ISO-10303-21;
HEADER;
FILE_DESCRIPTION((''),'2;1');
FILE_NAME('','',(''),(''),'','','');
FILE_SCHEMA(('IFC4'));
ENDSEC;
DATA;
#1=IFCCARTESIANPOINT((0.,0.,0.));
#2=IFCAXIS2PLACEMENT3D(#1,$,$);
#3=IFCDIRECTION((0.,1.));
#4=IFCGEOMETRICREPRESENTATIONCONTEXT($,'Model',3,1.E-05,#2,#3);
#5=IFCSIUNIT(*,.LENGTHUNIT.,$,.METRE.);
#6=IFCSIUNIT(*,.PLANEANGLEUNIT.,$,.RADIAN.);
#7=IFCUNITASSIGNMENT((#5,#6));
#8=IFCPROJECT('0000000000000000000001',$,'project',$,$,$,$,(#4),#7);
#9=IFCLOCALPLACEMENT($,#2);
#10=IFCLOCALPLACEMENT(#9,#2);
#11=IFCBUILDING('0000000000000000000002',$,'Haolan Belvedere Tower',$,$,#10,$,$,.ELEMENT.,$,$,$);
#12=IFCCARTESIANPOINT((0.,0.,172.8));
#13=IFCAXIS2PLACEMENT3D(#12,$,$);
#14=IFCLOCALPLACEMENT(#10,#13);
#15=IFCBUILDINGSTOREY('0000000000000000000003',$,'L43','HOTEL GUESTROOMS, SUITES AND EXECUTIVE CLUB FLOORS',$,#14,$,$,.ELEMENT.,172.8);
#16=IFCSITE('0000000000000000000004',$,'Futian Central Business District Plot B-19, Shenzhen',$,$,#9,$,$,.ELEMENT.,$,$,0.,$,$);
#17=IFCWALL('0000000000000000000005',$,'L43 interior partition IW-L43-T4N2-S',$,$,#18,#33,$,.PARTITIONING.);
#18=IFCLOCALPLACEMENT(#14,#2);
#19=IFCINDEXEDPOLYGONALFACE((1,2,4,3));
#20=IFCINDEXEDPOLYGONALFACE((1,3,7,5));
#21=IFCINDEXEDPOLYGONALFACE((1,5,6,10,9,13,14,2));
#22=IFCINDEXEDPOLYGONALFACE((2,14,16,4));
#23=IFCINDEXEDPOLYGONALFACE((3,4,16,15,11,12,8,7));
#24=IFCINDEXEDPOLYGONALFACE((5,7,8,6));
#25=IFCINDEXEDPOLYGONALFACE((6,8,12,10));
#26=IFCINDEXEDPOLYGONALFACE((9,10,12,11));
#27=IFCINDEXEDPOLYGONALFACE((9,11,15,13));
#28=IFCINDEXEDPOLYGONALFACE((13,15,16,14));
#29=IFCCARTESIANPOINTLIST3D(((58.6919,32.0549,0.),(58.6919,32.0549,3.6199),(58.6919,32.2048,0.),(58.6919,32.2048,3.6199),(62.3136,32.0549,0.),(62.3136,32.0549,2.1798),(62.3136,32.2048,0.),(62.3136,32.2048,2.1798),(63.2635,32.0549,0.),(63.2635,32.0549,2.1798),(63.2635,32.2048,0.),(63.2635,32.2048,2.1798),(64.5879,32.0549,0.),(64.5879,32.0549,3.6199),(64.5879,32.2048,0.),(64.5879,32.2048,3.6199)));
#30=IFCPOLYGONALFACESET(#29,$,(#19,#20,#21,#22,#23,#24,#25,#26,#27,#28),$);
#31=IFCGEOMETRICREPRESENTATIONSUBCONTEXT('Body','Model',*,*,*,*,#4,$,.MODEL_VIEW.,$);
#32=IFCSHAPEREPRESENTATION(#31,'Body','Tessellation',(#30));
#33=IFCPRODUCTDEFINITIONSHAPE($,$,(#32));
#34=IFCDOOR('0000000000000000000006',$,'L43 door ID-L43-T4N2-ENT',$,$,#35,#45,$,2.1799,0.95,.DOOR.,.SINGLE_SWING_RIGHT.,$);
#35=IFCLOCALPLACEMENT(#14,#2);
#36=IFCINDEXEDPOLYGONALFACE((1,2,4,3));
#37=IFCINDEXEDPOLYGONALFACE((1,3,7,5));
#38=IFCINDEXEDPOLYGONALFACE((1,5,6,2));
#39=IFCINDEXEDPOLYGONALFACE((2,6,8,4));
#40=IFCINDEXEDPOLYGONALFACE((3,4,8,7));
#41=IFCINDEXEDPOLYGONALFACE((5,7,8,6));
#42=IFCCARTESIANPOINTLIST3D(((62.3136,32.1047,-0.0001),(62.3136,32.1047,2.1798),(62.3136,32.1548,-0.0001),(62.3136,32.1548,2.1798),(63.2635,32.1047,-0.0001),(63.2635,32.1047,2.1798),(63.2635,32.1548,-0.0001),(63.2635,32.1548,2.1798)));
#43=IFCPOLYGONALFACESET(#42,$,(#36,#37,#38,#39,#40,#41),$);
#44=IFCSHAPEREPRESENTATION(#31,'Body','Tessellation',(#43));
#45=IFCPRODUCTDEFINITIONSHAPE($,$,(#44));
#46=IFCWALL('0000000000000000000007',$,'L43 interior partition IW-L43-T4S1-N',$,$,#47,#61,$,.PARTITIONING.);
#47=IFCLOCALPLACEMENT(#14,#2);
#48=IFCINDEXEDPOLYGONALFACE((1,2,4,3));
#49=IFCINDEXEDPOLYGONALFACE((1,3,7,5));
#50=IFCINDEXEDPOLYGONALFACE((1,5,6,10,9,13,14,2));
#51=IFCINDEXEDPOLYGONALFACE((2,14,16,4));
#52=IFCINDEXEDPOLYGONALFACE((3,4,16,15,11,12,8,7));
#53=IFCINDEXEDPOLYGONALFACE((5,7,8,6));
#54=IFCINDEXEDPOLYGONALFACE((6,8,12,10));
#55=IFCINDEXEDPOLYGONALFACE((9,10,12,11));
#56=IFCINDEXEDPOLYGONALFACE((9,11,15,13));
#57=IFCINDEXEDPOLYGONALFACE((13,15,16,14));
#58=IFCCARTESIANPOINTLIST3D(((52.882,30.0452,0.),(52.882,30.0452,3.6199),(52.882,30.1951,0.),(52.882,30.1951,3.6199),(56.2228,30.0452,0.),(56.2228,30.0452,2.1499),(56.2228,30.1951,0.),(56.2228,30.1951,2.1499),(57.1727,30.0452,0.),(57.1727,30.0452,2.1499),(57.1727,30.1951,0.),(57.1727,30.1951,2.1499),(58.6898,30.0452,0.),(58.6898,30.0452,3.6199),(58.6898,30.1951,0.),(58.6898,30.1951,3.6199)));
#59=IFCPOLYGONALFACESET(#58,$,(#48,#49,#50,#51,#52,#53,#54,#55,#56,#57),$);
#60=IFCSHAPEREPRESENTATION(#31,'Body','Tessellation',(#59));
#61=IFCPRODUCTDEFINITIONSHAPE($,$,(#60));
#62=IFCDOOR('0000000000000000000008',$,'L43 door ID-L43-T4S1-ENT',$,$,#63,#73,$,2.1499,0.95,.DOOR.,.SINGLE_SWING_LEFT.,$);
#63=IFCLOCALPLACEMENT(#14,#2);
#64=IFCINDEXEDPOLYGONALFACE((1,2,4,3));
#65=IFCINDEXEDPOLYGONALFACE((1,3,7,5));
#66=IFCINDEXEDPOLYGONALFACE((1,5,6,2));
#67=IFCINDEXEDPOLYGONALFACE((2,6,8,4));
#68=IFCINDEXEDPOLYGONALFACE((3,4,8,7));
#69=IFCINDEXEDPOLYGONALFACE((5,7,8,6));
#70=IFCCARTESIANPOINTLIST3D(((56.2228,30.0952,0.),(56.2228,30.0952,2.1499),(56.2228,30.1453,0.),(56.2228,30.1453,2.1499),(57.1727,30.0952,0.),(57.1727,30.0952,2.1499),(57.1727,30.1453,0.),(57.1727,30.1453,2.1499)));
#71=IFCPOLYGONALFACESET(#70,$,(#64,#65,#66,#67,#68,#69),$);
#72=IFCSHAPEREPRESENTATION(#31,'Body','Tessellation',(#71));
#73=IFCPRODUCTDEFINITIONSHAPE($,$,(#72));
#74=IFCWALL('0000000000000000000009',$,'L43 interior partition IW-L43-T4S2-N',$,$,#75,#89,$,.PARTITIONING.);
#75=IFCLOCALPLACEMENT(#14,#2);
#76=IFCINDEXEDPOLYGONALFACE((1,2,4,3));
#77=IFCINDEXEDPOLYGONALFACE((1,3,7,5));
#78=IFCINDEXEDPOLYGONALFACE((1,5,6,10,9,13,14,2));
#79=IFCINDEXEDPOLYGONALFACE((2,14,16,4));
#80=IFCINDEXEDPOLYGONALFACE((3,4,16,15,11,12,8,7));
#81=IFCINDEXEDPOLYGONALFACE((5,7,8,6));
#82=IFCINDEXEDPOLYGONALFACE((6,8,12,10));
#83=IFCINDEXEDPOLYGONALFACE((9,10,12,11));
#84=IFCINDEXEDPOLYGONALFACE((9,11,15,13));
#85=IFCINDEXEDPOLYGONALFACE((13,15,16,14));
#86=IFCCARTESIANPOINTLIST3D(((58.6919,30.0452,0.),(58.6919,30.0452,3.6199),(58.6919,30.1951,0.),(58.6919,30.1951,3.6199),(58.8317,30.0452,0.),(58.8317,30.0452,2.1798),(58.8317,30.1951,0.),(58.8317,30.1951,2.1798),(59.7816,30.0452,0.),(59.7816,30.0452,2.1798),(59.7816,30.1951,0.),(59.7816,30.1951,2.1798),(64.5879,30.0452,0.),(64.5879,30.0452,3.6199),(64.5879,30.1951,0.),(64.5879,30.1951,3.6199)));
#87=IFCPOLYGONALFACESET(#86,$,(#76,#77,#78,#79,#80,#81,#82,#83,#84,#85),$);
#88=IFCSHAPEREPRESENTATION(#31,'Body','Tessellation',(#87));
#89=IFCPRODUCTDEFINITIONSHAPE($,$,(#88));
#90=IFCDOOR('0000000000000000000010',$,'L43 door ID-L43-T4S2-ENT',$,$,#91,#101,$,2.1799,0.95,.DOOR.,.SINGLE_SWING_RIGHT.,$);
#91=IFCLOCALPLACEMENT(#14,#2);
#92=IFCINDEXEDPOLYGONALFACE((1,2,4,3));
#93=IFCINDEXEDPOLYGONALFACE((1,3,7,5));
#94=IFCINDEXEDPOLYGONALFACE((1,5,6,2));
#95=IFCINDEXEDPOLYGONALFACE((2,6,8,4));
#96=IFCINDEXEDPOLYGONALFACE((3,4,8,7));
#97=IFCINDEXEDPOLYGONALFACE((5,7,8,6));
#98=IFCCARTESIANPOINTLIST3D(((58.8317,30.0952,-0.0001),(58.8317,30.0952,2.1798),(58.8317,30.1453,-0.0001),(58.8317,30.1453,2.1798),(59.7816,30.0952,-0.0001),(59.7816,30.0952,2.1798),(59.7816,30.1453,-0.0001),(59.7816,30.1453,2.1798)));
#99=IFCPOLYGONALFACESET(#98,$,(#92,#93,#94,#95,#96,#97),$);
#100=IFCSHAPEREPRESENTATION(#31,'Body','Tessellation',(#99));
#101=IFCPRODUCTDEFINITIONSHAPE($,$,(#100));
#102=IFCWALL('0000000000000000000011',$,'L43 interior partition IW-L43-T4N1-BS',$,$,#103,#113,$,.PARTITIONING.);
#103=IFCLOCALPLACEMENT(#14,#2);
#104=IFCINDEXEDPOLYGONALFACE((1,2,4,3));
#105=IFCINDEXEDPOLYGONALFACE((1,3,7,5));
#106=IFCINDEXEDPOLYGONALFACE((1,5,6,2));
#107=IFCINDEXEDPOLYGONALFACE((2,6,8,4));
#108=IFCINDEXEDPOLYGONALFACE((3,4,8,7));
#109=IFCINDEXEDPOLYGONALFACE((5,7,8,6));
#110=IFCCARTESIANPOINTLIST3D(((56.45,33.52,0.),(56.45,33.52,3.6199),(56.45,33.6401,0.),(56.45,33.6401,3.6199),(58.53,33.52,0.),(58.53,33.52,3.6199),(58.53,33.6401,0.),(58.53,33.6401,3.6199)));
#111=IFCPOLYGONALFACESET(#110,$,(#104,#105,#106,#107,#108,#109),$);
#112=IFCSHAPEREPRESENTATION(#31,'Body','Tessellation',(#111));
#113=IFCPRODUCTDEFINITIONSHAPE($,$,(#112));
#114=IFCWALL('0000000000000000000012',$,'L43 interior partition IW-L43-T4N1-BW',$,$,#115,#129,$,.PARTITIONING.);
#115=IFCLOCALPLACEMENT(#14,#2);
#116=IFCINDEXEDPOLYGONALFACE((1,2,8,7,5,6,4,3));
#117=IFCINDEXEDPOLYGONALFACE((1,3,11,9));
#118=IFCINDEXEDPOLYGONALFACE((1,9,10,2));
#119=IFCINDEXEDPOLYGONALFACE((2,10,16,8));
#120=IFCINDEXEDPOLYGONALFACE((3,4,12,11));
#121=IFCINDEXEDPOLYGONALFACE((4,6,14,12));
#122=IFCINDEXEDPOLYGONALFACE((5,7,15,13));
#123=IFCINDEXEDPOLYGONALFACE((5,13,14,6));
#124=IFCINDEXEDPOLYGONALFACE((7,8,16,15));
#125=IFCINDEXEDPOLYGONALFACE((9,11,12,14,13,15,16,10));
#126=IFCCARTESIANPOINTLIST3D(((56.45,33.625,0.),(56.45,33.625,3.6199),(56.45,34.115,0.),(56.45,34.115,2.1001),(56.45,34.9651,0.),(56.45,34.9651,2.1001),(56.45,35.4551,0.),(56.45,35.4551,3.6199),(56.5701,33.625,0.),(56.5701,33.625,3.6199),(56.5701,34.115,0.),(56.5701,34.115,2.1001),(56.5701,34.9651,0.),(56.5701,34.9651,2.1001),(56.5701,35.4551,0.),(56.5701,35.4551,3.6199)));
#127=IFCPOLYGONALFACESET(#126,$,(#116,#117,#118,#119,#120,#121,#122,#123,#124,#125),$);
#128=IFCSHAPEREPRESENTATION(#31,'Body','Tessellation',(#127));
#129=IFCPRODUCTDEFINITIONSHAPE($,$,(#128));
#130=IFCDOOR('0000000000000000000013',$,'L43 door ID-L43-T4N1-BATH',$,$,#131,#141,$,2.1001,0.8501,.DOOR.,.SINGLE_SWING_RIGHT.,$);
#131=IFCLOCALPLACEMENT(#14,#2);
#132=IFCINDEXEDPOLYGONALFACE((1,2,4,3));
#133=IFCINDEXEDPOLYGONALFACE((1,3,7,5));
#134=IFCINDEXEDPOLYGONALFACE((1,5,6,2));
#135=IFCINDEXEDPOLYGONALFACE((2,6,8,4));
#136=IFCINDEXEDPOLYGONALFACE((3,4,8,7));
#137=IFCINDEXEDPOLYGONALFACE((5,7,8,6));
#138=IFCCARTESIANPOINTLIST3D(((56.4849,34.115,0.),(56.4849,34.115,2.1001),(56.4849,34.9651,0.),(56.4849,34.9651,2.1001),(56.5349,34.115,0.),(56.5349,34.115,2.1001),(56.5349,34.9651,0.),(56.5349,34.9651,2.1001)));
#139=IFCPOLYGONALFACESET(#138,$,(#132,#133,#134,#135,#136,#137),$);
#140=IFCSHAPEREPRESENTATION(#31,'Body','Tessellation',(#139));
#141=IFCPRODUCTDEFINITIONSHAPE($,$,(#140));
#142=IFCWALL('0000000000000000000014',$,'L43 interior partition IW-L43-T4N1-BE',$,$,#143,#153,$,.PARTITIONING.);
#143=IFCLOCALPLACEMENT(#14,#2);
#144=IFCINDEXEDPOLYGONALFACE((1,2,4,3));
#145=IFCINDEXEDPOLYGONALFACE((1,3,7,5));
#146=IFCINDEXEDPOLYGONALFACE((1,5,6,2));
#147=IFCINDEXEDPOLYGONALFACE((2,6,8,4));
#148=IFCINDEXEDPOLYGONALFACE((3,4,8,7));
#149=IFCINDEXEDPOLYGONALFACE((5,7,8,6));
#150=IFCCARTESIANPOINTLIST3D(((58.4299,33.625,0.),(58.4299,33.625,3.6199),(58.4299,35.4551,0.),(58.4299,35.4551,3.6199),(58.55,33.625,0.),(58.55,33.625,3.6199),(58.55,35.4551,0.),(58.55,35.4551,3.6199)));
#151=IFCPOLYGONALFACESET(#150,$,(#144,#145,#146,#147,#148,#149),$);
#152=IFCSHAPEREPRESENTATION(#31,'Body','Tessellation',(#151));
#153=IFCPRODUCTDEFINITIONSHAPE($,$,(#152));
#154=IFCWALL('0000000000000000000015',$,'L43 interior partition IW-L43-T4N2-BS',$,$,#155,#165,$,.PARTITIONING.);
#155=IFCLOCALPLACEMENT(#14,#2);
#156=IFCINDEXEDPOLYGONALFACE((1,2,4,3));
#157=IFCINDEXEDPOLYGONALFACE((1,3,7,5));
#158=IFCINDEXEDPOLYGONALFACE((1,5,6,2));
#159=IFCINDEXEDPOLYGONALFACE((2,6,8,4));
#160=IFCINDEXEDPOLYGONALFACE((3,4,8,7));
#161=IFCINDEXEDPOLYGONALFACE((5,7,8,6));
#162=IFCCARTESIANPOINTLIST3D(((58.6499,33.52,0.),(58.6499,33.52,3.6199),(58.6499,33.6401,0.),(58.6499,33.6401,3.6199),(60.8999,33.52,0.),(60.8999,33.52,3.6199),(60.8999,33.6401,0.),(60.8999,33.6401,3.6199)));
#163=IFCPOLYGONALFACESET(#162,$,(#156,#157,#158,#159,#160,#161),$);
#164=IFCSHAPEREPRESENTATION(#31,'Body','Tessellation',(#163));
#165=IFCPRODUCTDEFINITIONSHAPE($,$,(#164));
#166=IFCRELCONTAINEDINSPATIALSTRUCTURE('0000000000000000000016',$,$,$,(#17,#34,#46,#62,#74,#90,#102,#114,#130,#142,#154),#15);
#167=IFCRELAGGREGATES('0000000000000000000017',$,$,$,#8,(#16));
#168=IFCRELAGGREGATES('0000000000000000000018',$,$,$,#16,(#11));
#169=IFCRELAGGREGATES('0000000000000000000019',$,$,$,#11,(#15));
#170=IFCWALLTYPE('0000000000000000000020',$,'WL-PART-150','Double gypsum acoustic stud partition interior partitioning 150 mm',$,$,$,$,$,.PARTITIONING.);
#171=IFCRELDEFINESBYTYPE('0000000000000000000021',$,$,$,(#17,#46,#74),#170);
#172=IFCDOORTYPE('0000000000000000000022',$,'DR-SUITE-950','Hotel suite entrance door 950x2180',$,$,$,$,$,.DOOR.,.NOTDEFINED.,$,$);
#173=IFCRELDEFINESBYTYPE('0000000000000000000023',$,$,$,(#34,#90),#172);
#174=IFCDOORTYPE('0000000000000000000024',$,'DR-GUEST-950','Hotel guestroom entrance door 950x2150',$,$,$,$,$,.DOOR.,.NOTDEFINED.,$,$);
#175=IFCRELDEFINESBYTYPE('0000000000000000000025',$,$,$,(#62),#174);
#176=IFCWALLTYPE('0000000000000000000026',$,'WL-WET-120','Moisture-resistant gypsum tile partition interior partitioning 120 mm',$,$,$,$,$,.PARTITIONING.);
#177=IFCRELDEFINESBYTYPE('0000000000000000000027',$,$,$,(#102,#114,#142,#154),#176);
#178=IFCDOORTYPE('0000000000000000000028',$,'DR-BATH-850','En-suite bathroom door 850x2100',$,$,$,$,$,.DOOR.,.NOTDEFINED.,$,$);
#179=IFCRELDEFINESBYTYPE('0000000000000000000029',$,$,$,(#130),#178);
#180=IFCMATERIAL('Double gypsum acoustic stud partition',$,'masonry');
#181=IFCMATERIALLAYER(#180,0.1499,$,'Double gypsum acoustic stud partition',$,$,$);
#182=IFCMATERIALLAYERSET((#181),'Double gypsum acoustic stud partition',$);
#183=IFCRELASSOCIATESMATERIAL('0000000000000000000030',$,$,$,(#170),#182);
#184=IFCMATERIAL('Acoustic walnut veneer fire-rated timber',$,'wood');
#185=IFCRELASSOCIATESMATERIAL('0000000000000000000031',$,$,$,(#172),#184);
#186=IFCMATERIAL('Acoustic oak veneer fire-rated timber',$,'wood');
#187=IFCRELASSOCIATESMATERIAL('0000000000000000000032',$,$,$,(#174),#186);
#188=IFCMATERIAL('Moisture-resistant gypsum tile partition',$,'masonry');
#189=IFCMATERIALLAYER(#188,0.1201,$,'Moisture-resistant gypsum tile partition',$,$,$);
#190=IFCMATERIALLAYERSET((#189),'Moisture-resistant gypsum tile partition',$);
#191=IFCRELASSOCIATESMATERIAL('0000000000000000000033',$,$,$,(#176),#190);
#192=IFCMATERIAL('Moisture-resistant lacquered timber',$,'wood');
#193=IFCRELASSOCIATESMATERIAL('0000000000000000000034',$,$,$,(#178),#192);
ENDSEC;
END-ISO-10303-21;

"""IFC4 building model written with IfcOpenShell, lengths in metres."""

from ifc_helpers import new_model, si_unit, direction, frame, frame_2d, origin, place, context, subcontext, project, spatial, rectangle, extrude, material, layer, layer_set, type_object, element, fill, save


model = new_model("IFC4")

# Units and contexts
model_context = context("Model", 3, precision=1e-05, world=origin(), true_north=direction((0.0, 1.0)))
body_context = subcontext(model_context, "Body", "Model", "MODEL_VIEW")
ifc_project = project(units=[si_unit("LENGTHUNIT", "METRE"), si_unit("PLANEANGLEUNIT", "RADIAN")], contexts=[model_context])

# Site, building, storey
site_placement = place(None, origin())
site = spatial("IfcSite", under=ifc_project, at=site_placement, Name="Futian Central Business District Plot B-19, Shenzhen", CompositionType="ELEMENT", RefElevation=0.0)
building_placement = place(site_placement, origin())
building = spatial("IfcBuilding", under=site, at=building_placement, Name="Haolan Belvedere Tower", CompositionType="ELEMENT")
storey_placement = place(building_placement, frame((0.0, 0.0, 172.8)))
storey = spatial("IfcBuildingStorey", under=building, at=storey_placement, Name="L43", Description="HOTEL GUESTROOMS, SUITES AND EXECUTIVE CLUB FLOORS", CompositionType="ELEMENT", Elevation=172.8)

# Shared definitions
ifc_material_1 = material(Name="Double gypsum acoustic stud partition", Category="masonry")
ifc_layer_1 = layer(ifc_material_1, 0.1499, Name="Double gypsum acoustic stud partition")
ifc_layer_set_1 = layer_set([ifc_layer_1], Name="Double gypsum acoustic stud partition")
wall_type_1 = type_object("IfcWallType", Name="WL-PART-150", Description="Double gypsum acoustic stud partition interior partitioning 150 mm", PredefinedType="PARTITIONING", material=ifc_layer_set_1)

# Walls, openings, doors
wall_1_placement = place(storey_placement, frame((58.6919, 32.1299, 0.0), z_axis=(0.0, 0.0, 1.0), x_axis=(1.0, 0.0, 0.0)))
wall_1 = element("IfcWall", 1, at=wall_1_placement, inside=storey, type_object=wall_type_1, Name="L43 interior partition IW-L43-T4N2-S", PredefinedType="PARTITIONING", context=body_context, shape_type="SweptSolid", body=[
    extrude(rectangle(XDim=5.896, YDim=0.1499, at=frame_2d((2.948, 0.0))), origin(), (0.0, 0.0, 1.0), 3.6199),
])
opening_1_placement = place(wall_1_placement, frame((3.6216, 0.0, 0.0)))
opening_1 = element("IfcOpeningElement", 2, at=opening_1_placement, cuts=wall_1, PredefinedType="OPENING", context=body_context, shape_type="SweptSolid", body=[
    extrude(rectangle(XDim=0.95, YDim=2.1799, at=frame_2d((0.4751, 1.0898))), frame((0.0, 0.085, 0.0), z_axis=(0.0, -1.0, 0.0), x_axis=(1.0, 0.0, 0.0)), (0.0, 0.0, 1.0), 0.1699),
])
ifc_material_2 = material(Name="Acoustic walnut veneer fire-rated timber", Category="wood")
door_type_1 = type_object("IfcDoorType", Name="DR-SUITE-950", Description="Hotel suite entrance door 950x2180", OperationType="NOTDEFINED", PredefinedType="DOOR", material=ifc_material_2)
door_1_placement = place(opening_1_placement, origin())
door_1 = element("IfcDoor", 3, at=door_1_placement, inside=storey, type_object=door_type_1, Name="L43 door ID-L43-T4N2-ENT", OperationType="SINGLE_SWING_RIGHT", OverallHeight=2.1799, OverallWidth=0.95, PredefinedType="DOOR", context=body_context, shape_type="SweptSolid", body=[
    extrude(rectangle(XDim=0.95, YDim=2.1799, at=frame_2d((0.4751, 1.0898))), frame((0.0, 0.0249, 0.0), z_axis=(0.0, -1.0, 0.0), x_axis=(1.0, 0.0, 0.0)), (0.0, 0.0, 1.0), 0.05),
])
fill(opening_1, door_1)
wall_2_placement = place(storey_placement, frame((52.8821, 30.1201, 0.0), z_axis=(0.0, 0.0, 1.0), x_axis=(1.0, 0.0, 0.0)))
wall_2 = element("IfcWall", 4, at=wall_2_placement, inside=storey, type_object=wall_type_1, Name="L43 interior partition IW-L43-T4S1-N", PredefinedType="PARTITIONING", context=body_context, shape_type="SweptSolid", body=[
    extrude(rectangle(XDim=5.8079, YDim=0.1499, at=frame_2d((2.9038, 0.0))), origin(), (0.0, 0.0, 1.0), 3.6199),
])
opening_2_placement = place(wall_2_placement, frame((4.2908, 0.0, 0.0), z_axis=(0.0, 0.0, 1.0), x_axis=(-1.0, 0.0, 0.0)))
opening_2 = element("IfcOpeningElement", 5, at=opening_2_placement, cuts=wall_2, PredefinedType="OPENING", context=body_context, shape_type="SweptSolid", body=[
    extrude(rectangle(XDim=0.95, YDim=2.1499, at=frame_2d((0.4751, 1.075))), frame((0.0, 0.085, 0.0), z_axis=(0.0, -1.0, 0.0), x_axis=(1.0, 0.0, 0.0)), (0.0, 0.0, 1.0), 0.1699),
])
ifc_material_3 = material(Name="Acoustic oak veneer fire-rated timber", Category="wood")
door_type_2 = type_object("IfcDoorType", Name="DR-GUEST-950", Description="Hotel guestroom entrance door 950x2150", OperationType="NOTDEFINED", PredefinedType="DOOR", material=ifc_material_3)
door_2_placement = place(opening_2_placement, origin())
door_2 = element("IfcDoor", 6, at=door_2_placement, inside=storey, type_object=door_type_2, Name="L43 door ID-L43-T4S1-ENT", OperationType="SINGLE_SWING_LEFT", OverallHeight=2.1499, OverallWidth=0.95, PredefinedType="DOOR", context=body_context, shape_type="SweptSolid", body=[
    extrude(rectangle(XDim=0.95, YDim=2.1499, at=frame_2d((0.4751, 1.075))), frame((0.0, 0.0249, 0.0), z_axis=(0.0, -1.0, 0.0), x_axis=(1.0, 0.0, 0.0)), (0.0, 0.0, 1.0), 0.05),
])
fill(opening_2, door_2)
wall_3_placement = place(storey_placement, frame((58.6919, 30.1201, 0.0), z_axis=(0.0, 0.0, 1.0), x_axis=(1.0, 0.0, 0.0)))
wall_3 = element("IfcWall", 7, at=wall_3_placement, inside=storey, type_object=wall_type_1, Name="L43 interior partition IW-L43-T4S2-N", PredefinedType="PARTITIONING", context=body_context, shape_type="SweptSolid", body=[
    extrude(rectangle(XDim=5.896, YDim=0.1499, at=frame_2d((2.948, 0.0))), origin(), (0.0, 0.0, 1.0), 3.6199),
])
opening_3_placement = place(wall_3_placement, frame((1.0898, 0.0, 0.0), z_axis=(0.0, 0.0, 1.0), x_axis=(-1.0, 0.0, 0.0)))
opening_3 = element("IfcOpeningElement", 8, at=opening_3_placement, cuts=wall_3, PredefinedType="OPENING", context=body_context, shape_type="SweptSolid", body=[
    extrude(rectangle(XDim=0.95, YDim=2.1799, at=frame_2d((0.4751, 1.0898))), frame((0.0, 0.085, 0.0), z_axis=(0.0, -1.0, 0.0), x_axis=(1.0, 0.0, 0.0)), (0.0, 0.0, 1.0), 0.1699),
])
door_3_placement = place(opening_3_placement, origin())
door_3 = element("IfcDoor", 9, at=door_3_placement, inside=storey, type_object=door_type_1, Name="L43 door ID-L43-T4S2-ENT", OperationType="SINGLE_SWING_RIGHT", OverallHeight=2.1799, OverallWidth=0.95, PredefinedType="DOOR", context=body_context, shape_type="SweptSolid", body=[
    extrude(rectangle(XDim=0.95, YDim=2.1799, at=frame_2d((0.4751, 1.0898))), frame((0.0, 0.0249, 0.0), z_axis=(0.0, -1.0, 0.0), x_axis=(1.0, 0.0, 0.0)), (0.0, 0.0, 1.0), 0.05),
])
fill(opening_3, door_3)

# Wall
ifc_material_4 = material(Name="Moisture-resistant gypsum tile partition", Category="masonry")
ifc_layer_2 = layer(ifc_material_4, 0.1201, Name="Moisture-resistant gypsum tile partition")
ifc_layer_set_2 = layer_set([ifc_layer_2], Name="Moisture-resistant gypsum tile partition")
wall_type_2 = type_object("IfcWallType", Name="WL-WET-120", Description="Moisture-resistant gypsum tile partition interior partitioning 120 mm", PredefinedType="PARTITIONING", material=ifc_layer_set_2)
wall_4_placement = place(storey_placement, frame((56.45, 33.5801, 0.0), z_axis=(0.0, 0.0, 1.0), x_axis=(1.0, 0.0, 0.0)))
element("IfcWall", 10, at=wall_4_placement, inside=storey, type_object=wall_type_2, Name="L43 interior partition IW-L43-T4N1-BS", PredefinedType="PARTITIONING", context=body_context, shape_type="SweptSolid", body=[
    extrude(rectangle(XDim=2.0801, YDim=0.1201, at=frame_2d((1.04, 0.0))), origin(), (0.0, 0.0, 1.0), 3.6199),
])

# Wall, opening, door
wall_5_placement = place(storey_placement, frame((56.51, 33.625, 0.0), z_axis=(0.0, 0.0, 1.0), x_axis=(0.0, 1.0, 0.0)))
wall_5 = element("IfcWall", 11, at=wall_5_placement, inside=storey, type_object=wall_type_2, Name="L43 interior partition IW-L43-T4N1-BW", PredefinedType="PARTITIONING", context=body_context, shape_type="SweptSolid", body=[
    extrude(rectangle(XDim=1.8301, YDim=0.1201, at=frame_2d((0.915, 0.0))), origin(), (0.0, 0.0, 1.0), 3.6199),
])
opening_4_placement = place(wall_5_placement, frame((1.3401, 0.0, 0.0), z_axis=(0.0, 0.0, 1.0), x_axis=(-1.0, 0.0, 0.0)))
opening_4 = element("IfcOpeningElement", 12, at=opening_4_placement, cuts=wall_5, PredefinedType="OPENING", context=body_context, shape_type="SweptSolid", body=[
    extrude(rectangle(XDim=0.8501, YDim=2.1001, at=frame_2d((0.425, 1.05))), frame((0.0, 0.0701, 0.0), z_axis=(0.0, -1.0, 0.0), x_axis=(1.0, 0.0, 0.0)), (0.0, 0.0, 1.0), 0.1401),
])
ifc_material_5 = material(Name="Moisture-resistant lacquered timber", Category="wood")
door_type_3 = type_object("IfcDoorType", Name="DR-BATH-850", Description="En-suite bathroom door 850x2100", OperationType="NOTDEFINED", PredefinedType="DOOR", material=ifc_material_5)
door_4_placement = place(opening_4_placement, origin())
door_4 = element("IfcDoor", 13, at=door_4_placement, inside=storey, type_object=door_type_3, Name="L43 door ID-L43-T4N1-BATH", OperationType="SINGLE_SWING_RIGHT", OverallHeight=2.1001, OverallWidth=0.8501, PredefinedType="DOOR", context=body_context, shape_type="SweptSolid", body=[
    extrude(rectangle(XDim=0.8501, YDim=2.1001, at=frame_2d((0.425, 1.05))), frame((0.0, 0.0249, 0.0), z_axis=(0.0, -1.0, 0.0), x_axis=(1.0, 0.0, 0.0)), (0.0, 0.0, 1.0), 0.05),
])
fill(opening_4, door_4)

# Walls
wall_6_placement = place(storey_placement, frame((58.49, 33.625, 0.0), z_axis=(0.0, 0.0, 1.0), x_axis=(0.0, 1.0, 0.0)))
element("IfcWall", 14, at=wall_6_placement, inside=storey, type_object=wall_type_2, Name="L43 interior partition IW-L43-T4N1-BE", PredefinedType="PARTITIONING", context=body_context, shape_type="SweptSolid", body=[
    extrude(rectangle(XDim=1.8301, YDim=0.1201, at=frame_2d((0.915, 0.0))), origin(), (0.0, 0.0, 1.0), 3.6199),
])
wall_7_placement = place(storey_placement, frame((58.6499, 33.5801, 0.0), z_axis=(0.0, 0.0, 1.0), x_axis=(1.0, 0.0, 0.0)))
element("IfcWall", 15, at=wall_7_placement, inside=storey, type_object=wall_type_2, Name="L43 interior partition IW-L43-T4N2-BS", PredefinedType="PARTITIONING", context=body_context, shape_type="SweptSolid", body=[
    extrude(rectangle(XDim=2.25, YDim=0.1201, at=frame_2d((1.125, 0.0))), origin(), (0.0, 0.0, 1.0), 3.6199),
])

save(model, "model.ifc")
